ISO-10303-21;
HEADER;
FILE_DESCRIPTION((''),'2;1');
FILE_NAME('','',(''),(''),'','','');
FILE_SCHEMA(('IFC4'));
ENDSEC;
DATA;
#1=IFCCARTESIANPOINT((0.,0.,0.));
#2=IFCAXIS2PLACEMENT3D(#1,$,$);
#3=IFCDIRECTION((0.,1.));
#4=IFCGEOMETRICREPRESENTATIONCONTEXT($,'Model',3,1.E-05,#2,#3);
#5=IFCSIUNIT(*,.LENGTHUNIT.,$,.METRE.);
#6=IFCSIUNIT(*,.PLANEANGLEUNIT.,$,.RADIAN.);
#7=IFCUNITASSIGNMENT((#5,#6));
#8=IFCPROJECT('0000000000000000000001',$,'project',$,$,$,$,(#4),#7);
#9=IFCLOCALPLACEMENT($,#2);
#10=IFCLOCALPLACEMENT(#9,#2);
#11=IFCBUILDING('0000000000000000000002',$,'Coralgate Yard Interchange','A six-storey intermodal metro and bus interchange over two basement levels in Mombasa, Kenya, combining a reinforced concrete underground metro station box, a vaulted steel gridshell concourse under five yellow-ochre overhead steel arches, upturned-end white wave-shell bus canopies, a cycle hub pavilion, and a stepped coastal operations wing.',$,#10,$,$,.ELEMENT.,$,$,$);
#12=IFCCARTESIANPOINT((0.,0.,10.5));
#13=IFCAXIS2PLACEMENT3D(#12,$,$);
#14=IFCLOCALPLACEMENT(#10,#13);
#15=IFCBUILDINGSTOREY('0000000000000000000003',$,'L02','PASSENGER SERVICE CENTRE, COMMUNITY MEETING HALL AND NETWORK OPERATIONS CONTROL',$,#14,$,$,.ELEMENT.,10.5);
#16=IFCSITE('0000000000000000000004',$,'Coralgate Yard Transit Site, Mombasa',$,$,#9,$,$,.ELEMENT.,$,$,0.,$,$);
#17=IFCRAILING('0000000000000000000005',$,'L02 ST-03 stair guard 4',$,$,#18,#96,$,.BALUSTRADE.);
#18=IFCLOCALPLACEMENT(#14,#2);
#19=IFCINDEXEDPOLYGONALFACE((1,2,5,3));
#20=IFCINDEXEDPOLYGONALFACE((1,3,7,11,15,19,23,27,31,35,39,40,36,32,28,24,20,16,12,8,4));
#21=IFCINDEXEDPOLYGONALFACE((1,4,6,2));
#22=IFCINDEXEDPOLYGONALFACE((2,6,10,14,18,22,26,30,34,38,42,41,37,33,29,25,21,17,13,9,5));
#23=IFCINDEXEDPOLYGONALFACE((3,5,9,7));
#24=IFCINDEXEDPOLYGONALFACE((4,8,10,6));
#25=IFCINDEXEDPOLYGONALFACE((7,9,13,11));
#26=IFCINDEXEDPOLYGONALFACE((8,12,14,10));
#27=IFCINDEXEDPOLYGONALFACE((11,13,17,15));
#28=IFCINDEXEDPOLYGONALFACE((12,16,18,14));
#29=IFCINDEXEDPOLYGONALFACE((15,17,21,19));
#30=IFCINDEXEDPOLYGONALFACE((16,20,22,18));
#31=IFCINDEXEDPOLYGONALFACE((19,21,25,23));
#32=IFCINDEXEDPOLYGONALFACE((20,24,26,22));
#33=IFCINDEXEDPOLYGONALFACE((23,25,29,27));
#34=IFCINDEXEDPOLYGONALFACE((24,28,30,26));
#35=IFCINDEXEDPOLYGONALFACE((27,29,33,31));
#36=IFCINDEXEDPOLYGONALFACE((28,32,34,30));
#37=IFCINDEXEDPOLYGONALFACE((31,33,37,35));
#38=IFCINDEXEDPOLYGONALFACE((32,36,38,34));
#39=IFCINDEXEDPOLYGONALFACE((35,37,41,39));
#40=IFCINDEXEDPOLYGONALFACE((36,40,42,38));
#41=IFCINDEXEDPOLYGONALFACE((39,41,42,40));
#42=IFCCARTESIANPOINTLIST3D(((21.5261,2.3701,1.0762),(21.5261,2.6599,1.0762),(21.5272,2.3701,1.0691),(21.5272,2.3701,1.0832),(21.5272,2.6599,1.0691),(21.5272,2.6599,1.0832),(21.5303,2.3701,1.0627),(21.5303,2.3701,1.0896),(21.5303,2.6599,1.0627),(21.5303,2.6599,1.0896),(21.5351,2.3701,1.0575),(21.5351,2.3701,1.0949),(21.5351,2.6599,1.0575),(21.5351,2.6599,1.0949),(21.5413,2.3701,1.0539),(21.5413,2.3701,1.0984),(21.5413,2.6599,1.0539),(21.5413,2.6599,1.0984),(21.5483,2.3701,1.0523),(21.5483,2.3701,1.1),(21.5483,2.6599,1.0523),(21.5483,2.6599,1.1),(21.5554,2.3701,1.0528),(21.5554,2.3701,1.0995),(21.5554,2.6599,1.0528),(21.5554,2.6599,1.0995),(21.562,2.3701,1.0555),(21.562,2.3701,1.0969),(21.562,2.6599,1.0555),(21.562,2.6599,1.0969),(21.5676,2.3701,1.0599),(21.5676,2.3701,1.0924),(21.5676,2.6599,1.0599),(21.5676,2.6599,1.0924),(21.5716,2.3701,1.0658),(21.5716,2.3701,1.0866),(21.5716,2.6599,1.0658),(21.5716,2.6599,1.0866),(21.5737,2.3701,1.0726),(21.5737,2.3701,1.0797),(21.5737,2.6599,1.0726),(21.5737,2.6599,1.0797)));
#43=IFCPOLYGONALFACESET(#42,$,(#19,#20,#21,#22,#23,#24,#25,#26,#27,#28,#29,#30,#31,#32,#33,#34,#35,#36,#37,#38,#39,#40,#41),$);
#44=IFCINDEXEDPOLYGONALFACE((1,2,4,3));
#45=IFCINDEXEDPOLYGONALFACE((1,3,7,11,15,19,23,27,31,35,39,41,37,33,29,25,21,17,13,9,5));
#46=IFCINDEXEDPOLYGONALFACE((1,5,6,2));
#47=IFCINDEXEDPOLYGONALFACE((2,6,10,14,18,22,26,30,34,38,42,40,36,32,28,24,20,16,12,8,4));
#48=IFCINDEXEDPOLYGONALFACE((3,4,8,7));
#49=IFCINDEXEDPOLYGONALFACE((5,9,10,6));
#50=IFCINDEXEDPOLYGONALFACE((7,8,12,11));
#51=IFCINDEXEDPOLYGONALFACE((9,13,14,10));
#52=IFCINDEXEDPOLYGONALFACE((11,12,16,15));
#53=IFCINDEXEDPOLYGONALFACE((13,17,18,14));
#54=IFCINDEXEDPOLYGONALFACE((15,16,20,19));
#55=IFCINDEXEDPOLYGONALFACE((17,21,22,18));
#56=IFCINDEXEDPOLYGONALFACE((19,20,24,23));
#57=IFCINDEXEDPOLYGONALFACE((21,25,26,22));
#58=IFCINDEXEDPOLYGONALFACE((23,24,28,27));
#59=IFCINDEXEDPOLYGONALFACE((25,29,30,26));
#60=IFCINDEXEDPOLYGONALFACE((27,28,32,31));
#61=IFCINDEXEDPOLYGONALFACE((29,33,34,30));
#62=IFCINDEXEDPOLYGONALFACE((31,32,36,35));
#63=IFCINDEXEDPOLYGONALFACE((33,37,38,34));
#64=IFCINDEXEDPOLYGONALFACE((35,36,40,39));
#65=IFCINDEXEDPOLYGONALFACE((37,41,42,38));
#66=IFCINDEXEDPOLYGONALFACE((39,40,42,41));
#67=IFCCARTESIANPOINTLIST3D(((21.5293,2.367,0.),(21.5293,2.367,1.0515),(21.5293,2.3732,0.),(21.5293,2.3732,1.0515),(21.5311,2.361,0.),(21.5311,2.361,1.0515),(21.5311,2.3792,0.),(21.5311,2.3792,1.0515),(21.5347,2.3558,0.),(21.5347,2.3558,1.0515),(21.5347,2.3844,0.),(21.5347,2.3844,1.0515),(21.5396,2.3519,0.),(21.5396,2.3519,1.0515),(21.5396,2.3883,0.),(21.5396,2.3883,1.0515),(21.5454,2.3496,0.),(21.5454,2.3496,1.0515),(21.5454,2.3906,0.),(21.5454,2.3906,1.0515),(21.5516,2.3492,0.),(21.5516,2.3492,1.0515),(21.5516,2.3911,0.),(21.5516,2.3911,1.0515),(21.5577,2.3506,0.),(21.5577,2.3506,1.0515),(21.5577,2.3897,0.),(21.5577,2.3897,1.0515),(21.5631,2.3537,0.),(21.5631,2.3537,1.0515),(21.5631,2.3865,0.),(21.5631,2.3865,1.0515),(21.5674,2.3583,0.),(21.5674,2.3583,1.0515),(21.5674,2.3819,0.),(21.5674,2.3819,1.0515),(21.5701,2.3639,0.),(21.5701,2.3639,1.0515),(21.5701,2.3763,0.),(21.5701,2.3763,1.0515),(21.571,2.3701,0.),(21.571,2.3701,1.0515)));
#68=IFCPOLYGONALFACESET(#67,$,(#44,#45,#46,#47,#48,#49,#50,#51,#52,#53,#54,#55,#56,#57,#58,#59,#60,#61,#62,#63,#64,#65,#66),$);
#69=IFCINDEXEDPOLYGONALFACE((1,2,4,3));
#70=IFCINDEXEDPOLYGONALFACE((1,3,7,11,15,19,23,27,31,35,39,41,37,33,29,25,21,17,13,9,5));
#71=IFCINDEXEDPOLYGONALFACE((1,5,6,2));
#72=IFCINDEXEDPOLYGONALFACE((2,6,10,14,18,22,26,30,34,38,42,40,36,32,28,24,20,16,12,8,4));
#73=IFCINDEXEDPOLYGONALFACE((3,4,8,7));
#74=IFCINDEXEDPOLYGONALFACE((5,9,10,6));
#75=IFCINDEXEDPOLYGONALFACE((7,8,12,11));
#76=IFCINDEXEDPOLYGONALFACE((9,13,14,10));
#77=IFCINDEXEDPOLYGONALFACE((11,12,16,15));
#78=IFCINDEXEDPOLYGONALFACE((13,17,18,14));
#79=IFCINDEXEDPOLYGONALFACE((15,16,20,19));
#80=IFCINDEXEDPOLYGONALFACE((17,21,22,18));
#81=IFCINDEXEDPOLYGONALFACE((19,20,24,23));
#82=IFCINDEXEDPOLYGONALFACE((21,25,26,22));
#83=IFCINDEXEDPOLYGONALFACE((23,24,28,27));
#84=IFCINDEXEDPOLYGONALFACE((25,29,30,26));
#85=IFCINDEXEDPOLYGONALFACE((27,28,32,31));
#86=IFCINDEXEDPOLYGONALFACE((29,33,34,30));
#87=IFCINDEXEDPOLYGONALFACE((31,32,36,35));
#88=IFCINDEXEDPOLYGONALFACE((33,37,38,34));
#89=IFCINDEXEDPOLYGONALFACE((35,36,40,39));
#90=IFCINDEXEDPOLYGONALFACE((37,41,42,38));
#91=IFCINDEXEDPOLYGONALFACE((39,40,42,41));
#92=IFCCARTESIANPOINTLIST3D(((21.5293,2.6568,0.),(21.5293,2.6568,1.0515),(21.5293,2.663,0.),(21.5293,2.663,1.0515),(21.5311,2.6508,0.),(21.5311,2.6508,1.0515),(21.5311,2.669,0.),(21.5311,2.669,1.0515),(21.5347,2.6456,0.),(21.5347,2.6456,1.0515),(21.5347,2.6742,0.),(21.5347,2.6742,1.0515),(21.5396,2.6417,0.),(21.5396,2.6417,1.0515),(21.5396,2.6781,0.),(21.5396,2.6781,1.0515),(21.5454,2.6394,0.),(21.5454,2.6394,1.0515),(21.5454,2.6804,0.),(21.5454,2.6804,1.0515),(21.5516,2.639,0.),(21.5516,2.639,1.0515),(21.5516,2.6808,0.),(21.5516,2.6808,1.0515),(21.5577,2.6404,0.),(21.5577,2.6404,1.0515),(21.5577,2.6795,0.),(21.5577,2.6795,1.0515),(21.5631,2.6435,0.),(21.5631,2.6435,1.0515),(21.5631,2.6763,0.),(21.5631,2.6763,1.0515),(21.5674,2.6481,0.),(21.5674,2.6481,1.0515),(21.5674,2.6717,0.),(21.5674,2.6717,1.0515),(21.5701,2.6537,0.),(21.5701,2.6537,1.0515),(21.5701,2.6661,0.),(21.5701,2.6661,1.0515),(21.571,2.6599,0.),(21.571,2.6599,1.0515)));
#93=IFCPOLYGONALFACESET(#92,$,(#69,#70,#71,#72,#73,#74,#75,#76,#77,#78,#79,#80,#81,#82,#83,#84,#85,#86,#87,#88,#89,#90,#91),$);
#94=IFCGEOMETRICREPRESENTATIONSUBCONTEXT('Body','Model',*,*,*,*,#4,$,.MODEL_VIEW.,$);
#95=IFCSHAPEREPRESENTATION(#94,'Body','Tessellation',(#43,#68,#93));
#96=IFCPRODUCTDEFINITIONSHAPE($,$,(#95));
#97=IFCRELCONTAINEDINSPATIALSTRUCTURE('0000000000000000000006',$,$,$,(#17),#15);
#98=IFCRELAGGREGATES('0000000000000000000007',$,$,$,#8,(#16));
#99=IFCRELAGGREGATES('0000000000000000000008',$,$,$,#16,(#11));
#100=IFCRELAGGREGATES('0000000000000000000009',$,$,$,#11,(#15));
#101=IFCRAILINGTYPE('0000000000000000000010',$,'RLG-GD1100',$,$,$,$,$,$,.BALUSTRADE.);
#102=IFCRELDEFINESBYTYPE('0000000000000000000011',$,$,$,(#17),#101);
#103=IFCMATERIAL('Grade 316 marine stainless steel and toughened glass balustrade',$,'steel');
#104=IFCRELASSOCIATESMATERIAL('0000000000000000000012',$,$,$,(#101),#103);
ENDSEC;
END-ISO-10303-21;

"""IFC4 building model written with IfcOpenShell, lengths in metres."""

from ifc_helpers import new_model, si_unit, direction, frame, origin, origin_2d, place, context, subcontext, project, spatial, circle, extrude, material, type_object, element, save


model = new_model("IFC4")

# Units and contexts
model_context = context("Model", 3, precision=1e-05, world=origin(), true_north=direction((0.0, 1.0)))
body_context = subcontext(model_context, "Body", "Model", "MODEL_VIEW")
ifc_project = project(units=[si_unit("LENGTHUNIT", "METRE"), si_unit("PLANEANGLEUNIT", "RADIAN")], contexts=[model_context])

# Site, building, storey
site_placement = place(None, origin())
site = spatial("IfcSite", under=ifc_project, at=site_placement, Name="Coralgate Yard Transit Site, Mombasa", CompositionType="ELEMENT", RefElevation=0.0)
building_placement = place(site_placement, origin())
building = spatial("IfcBuilding", under=site, at=building_placement, Name="Coralgate Yard Interchange", Description="A six-storey intermodal metro and bus interchange over two basement levels in Mombasa, Kenya, combining a reinforced concrete underground metro station box, a vaulted steel gridshell concourse under five yellow-ochre overhead steel arches, upturned-end white wave-shell bus canopies, a cycle hub pavilion, and a stepped coastal operations wing.", CompositionType="ELEMENT")
storey_placement = place(building_placement, frame((0.0, 0.0, 10.5)))
storey = spatial("IfcBuildingStorey", under=building, at=storey_placement, Name="L02", Description="PASSENGER SERVICE CENTRE, COMMUNITY MEETING HALL AND NETWORK OPERATIONS CONTROL", CompositionType="ELEMENT", Elevation=10.5)

# Railing
ifc_material_1 = material(Name="Grade 316 marine stainless steel and toughened glass balustrade", Category="steel")
railing_type_1 = type_object("IfcRailingType", Name="RLG-GD1100", PredefinedType="BALUSTRADE", material=ifc_material_1)
railing_1_placement = place(storey_placement, frame((21.55, 2.3701, 0.0)))
element("IfcRailing", 1, at=railing_1_placement, inside=storey, type_object=railing_type_1, Name="L02 ST-03 stair guard 4", PredefinedType="BALUSTRADE", context=body_context, shape_type="SweptSolid", body=[
    extrude(circle(Radius=0.0239, at=origin_2d()), frame((0.0, 0.0, 1.0762), z_axis=(0.0, 1.0, 0.0), x_axis=(-1.0, 0.0, 0.0)), (0.0, 0.0, 1.0), 0.2898),
    extrude(circle(Radius=0.021, at=origin_2d()), origin(), (0.0, 0.0, 1.0), 1.0515),
    extrude(circle(Radius=0.021, at=origin_2d()), frame((0.0, 0.2898, 0.0)), (0.0, 0.0, 1.0), 1.0515),
])

save(model, "model.ifc")
